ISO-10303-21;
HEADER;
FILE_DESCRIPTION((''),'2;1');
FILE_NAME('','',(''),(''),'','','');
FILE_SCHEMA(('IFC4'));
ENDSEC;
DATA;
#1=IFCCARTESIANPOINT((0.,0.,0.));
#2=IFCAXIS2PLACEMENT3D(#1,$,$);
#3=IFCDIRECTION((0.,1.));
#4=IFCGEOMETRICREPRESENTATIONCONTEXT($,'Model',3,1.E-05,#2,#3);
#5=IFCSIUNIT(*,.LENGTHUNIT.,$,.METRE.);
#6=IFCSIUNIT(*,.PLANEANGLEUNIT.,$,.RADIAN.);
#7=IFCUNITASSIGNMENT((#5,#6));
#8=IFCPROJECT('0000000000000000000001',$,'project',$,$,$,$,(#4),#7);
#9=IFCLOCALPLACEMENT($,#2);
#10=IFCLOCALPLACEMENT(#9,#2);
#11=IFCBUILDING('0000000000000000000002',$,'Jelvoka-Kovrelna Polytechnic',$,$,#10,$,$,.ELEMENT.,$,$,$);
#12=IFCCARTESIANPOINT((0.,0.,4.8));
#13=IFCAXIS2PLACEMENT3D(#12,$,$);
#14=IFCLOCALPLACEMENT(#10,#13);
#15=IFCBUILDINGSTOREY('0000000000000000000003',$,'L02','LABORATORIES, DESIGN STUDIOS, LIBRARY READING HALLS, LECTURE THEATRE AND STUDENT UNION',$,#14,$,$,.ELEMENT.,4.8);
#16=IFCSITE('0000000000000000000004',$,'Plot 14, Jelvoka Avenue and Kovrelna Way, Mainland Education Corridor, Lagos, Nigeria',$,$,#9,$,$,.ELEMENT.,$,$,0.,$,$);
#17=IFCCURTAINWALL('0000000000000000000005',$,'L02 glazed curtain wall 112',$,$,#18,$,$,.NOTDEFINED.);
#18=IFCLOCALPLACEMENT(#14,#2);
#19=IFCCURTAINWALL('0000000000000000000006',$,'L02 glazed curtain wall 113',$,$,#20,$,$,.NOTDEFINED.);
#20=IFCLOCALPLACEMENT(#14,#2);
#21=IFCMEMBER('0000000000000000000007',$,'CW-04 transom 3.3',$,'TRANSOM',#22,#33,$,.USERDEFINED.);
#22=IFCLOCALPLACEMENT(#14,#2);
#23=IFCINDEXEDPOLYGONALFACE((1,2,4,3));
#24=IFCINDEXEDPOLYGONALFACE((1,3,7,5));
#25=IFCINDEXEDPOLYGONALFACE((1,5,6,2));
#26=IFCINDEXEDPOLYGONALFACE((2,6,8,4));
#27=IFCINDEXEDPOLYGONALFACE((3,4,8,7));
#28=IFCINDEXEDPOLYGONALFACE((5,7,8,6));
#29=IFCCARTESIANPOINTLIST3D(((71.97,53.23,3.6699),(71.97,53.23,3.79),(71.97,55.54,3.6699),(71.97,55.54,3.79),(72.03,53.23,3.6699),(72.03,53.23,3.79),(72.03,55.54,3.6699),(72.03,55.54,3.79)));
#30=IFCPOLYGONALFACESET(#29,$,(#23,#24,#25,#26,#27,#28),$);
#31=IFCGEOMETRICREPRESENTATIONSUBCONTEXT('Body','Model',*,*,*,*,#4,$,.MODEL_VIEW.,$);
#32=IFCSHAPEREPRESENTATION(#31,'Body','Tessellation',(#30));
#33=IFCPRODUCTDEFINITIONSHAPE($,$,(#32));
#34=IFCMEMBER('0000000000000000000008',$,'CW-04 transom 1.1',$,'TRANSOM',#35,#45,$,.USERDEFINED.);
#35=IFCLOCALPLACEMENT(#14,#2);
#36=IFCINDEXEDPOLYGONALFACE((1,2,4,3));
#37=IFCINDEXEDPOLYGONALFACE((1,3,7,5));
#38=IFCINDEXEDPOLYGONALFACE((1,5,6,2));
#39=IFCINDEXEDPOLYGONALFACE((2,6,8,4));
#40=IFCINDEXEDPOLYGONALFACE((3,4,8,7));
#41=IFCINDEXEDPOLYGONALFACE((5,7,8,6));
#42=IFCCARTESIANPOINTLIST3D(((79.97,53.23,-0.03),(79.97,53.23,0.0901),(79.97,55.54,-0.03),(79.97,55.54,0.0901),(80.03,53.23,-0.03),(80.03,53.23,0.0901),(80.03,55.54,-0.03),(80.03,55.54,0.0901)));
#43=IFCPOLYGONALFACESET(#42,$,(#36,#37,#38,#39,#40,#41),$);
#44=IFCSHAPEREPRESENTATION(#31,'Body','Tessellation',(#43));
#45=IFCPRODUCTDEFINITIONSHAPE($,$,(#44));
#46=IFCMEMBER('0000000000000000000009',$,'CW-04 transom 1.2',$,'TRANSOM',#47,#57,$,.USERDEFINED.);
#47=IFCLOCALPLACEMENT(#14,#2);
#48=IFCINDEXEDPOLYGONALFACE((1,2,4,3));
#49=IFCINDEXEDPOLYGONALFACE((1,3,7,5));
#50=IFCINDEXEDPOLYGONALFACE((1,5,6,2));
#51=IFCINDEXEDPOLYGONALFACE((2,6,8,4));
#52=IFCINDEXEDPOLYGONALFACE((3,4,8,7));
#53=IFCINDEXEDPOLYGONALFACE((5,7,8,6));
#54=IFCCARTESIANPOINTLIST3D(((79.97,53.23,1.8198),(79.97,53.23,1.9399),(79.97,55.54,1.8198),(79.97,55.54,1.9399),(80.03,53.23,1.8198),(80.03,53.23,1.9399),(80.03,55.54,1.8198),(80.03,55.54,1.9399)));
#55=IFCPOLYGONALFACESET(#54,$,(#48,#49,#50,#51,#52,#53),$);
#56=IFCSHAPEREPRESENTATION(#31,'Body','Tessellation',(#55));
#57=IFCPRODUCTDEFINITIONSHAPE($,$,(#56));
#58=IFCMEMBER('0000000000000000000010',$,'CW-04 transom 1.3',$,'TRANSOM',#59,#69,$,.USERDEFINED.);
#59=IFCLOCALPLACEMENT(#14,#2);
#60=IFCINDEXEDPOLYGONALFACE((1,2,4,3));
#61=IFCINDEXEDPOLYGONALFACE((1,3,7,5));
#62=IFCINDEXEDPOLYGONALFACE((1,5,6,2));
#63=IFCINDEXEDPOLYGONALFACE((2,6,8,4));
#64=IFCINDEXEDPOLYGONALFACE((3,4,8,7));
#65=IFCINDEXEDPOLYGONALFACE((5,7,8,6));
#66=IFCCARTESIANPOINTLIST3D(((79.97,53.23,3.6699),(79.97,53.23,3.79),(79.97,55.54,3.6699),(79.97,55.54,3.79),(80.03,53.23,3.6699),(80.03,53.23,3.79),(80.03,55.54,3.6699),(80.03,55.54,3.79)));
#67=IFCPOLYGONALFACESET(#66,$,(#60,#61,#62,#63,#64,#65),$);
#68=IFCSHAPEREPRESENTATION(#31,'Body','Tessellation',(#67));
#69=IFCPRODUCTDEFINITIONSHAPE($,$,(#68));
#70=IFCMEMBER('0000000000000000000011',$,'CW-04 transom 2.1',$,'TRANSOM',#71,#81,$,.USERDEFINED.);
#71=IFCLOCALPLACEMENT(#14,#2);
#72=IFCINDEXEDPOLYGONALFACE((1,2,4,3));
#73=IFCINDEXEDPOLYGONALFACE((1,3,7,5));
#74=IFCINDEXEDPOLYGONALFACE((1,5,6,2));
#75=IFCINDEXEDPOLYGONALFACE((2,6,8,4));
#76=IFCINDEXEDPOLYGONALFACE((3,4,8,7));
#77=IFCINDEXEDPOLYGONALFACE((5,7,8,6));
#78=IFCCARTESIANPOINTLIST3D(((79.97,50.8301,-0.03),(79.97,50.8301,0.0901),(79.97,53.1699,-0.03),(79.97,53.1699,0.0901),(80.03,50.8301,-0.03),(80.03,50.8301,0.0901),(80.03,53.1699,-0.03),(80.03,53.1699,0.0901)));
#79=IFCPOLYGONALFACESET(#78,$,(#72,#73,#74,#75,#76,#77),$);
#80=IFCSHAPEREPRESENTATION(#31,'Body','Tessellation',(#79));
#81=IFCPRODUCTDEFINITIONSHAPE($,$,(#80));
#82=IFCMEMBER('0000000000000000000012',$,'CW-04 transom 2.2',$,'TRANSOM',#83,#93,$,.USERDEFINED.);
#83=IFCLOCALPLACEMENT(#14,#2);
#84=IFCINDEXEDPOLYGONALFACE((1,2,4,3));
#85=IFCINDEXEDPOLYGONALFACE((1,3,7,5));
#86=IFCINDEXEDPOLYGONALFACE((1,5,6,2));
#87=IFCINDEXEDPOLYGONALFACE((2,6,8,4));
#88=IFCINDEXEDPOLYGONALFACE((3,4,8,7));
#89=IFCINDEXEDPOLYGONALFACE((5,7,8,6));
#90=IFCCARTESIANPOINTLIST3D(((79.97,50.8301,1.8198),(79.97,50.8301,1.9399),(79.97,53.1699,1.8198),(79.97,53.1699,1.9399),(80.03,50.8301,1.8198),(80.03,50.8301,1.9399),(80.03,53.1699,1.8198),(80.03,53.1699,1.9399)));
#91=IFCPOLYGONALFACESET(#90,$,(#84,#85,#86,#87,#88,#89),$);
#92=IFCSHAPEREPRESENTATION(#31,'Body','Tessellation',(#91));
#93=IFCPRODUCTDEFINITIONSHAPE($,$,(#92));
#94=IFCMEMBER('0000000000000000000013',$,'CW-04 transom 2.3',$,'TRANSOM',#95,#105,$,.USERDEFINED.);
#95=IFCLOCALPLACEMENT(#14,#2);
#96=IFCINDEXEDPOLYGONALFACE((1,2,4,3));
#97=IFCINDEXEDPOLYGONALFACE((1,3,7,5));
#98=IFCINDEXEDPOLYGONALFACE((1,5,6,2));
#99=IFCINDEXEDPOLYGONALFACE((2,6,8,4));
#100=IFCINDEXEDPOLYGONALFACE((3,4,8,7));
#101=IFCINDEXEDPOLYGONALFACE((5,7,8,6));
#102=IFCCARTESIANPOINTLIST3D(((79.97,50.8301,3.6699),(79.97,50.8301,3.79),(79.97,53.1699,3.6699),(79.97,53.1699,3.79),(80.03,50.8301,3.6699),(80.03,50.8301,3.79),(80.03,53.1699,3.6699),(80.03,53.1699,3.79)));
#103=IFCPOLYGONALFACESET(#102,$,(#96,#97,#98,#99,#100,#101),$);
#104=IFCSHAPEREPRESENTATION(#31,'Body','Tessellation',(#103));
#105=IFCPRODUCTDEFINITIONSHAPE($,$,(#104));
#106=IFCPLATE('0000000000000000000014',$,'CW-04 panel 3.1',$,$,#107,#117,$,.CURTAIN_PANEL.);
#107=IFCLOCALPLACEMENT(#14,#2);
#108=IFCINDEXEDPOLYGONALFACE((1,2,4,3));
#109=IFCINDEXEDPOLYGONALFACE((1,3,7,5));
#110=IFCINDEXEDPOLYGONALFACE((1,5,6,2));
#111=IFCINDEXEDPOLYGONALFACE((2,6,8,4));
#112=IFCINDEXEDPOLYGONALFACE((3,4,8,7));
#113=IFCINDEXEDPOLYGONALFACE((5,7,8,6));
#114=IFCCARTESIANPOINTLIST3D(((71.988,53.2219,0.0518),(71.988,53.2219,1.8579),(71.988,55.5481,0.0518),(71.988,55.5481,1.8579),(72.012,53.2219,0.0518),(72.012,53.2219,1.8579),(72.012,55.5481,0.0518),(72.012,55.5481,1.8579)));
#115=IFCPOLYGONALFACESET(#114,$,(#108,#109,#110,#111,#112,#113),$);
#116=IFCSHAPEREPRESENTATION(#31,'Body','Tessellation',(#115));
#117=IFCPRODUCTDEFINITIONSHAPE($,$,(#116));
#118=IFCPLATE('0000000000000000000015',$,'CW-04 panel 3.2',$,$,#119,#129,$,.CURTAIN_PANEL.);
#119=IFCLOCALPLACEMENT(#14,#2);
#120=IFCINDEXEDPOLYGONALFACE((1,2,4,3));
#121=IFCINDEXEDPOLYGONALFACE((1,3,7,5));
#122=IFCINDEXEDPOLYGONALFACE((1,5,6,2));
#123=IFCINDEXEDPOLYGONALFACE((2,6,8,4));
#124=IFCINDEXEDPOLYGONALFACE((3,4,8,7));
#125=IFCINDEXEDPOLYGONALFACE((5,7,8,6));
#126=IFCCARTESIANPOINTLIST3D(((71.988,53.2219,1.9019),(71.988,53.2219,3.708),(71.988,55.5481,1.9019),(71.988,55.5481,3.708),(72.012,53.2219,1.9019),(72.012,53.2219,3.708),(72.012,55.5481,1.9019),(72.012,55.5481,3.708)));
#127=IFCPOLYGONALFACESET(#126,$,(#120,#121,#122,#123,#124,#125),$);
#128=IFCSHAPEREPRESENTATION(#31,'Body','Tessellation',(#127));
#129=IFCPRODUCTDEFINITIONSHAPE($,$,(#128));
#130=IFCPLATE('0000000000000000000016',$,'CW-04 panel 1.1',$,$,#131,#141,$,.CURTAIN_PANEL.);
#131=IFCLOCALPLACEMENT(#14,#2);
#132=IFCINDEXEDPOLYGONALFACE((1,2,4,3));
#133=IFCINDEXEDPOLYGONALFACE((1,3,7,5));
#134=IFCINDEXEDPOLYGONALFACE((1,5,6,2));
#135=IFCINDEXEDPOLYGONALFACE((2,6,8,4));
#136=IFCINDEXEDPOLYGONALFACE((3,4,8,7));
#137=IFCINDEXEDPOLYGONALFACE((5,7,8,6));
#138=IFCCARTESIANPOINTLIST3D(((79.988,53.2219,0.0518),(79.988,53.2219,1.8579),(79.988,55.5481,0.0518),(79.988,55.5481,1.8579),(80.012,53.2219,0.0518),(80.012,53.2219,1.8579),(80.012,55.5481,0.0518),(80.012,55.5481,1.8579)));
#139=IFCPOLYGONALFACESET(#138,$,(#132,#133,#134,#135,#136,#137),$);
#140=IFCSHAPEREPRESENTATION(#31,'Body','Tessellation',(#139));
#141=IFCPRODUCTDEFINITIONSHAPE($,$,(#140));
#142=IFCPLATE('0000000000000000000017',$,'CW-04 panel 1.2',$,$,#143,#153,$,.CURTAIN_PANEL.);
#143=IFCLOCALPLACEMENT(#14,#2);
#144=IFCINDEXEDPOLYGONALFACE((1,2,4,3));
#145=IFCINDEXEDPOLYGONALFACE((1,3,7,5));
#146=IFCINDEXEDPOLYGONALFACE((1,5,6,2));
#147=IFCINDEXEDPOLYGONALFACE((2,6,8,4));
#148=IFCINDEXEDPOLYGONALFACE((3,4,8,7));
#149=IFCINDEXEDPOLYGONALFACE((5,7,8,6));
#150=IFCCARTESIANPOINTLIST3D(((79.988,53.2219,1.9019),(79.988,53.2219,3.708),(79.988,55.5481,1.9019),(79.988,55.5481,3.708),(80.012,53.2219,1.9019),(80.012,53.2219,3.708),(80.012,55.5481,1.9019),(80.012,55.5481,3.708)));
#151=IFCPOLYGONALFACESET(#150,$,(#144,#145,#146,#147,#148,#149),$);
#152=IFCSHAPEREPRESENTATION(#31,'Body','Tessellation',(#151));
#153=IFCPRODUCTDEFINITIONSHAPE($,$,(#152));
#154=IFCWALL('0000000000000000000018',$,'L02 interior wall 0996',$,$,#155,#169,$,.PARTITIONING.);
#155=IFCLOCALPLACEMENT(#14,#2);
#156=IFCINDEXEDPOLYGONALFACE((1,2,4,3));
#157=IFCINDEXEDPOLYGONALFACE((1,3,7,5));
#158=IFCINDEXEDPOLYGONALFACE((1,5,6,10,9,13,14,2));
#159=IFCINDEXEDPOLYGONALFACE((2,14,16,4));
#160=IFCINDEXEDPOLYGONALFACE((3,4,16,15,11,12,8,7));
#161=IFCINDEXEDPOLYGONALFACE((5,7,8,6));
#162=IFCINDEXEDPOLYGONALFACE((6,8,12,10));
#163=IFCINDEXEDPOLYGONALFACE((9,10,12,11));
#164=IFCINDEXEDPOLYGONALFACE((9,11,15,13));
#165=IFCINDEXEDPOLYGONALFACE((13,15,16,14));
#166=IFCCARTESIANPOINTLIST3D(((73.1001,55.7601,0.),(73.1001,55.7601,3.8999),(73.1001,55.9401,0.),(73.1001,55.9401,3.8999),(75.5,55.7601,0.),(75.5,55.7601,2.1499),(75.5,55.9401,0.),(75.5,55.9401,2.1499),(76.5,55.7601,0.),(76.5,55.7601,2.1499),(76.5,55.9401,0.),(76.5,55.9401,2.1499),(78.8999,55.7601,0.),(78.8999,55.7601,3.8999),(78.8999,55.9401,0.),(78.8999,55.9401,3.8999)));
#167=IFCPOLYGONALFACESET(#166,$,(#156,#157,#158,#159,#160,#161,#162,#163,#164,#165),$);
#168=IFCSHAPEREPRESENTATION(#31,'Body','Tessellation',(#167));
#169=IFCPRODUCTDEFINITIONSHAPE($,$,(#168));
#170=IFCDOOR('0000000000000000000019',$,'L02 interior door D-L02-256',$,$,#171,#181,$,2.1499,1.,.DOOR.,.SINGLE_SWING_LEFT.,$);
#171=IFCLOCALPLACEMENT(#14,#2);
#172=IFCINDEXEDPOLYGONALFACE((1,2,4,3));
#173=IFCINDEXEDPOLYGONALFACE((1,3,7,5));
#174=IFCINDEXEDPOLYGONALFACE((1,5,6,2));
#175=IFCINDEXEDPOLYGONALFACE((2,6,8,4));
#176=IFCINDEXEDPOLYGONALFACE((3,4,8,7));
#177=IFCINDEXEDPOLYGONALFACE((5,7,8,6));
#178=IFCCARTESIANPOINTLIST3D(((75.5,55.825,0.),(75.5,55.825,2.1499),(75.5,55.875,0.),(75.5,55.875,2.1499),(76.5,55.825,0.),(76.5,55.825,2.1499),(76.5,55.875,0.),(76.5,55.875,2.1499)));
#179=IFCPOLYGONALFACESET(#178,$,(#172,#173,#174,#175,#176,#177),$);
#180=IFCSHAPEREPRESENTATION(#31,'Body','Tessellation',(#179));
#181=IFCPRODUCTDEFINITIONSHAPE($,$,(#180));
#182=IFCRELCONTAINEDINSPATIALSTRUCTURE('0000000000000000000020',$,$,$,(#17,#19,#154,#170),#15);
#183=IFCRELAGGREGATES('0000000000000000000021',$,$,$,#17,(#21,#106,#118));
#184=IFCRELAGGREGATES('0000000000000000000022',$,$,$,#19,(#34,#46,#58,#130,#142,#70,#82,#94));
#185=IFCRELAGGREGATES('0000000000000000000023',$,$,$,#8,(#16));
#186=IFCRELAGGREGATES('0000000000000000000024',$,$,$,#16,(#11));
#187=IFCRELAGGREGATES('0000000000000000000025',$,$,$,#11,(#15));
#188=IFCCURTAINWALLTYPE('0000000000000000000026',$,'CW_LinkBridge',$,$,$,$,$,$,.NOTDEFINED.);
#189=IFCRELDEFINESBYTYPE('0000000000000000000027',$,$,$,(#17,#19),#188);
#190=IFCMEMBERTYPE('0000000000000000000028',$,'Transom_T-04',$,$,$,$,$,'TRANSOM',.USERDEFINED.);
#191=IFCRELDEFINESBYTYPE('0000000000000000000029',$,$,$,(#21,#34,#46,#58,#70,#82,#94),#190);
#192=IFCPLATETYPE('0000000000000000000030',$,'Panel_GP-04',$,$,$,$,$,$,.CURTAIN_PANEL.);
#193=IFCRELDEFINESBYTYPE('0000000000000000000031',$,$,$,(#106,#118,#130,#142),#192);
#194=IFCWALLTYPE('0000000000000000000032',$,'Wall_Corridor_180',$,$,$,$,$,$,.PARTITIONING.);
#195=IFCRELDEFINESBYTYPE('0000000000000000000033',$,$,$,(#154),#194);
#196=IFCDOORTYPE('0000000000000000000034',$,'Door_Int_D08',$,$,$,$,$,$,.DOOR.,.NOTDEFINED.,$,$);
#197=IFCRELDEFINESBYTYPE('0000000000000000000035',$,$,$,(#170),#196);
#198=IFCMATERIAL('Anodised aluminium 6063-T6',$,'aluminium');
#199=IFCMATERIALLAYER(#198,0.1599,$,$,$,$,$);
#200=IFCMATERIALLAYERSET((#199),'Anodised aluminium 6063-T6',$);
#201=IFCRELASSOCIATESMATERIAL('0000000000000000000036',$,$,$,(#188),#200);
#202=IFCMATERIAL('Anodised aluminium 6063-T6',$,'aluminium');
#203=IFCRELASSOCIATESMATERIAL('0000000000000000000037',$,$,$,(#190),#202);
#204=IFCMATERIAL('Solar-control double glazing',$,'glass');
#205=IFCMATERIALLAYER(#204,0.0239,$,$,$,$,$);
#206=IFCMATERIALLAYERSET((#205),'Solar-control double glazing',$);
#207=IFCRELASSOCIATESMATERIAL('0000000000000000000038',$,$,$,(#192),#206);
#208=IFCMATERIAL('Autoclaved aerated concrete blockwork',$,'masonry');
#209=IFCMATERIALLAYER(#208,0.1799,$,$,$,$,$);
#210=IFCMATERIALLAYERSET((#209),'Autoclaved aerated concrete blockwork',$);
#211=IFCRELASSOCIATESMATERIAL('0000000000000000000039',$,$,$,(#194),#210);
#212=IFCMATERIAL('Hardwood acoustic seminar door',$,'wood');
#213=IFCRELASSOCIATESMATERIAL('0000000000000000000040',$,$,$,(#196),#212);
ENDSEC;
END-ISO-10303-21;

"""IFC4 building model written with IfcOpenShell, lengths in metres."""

from ifc_helpers import new_model, si_unit, direction, frame, frame_2d, origin, origin_2d, place, context, subcontext, project, spatial, rectangle, extrude, material, layer, layer_set, material_profile, profile_set, type_object, element, fill, aggregate, save


model = new_model("IFC4")

# Units and contexts
model_context = context("Model", 3, precision=1e-05, world=origin(), true_north=direction((0.0, 1.0)))
body_context = subcontext(model_context, "Body", "Model", "MODEL_VIEW")
ifc_project = project(units=[si_unit("LENGTHUNIT", "METRE"), si_unit("PLANEANGLEUNIT", "RADIAN")], contexts=[model_context])

# Site, building, storey
site_placement = place(None, origin())
site = spatial("IfcSite", under=ifc_project, at=site_placement, Name="Plot 14, Jelvoka Avenue and Kovrelna Way, Mainland Education Corridor, Lagos, Nigeria", CompositionType="ELEMENT", RefElevation=0.0)
building_placement = place(site_placement, origin())
building = spatial("IfcBuilding", under=site, at=building_placement, Name="Jelvoka-Kovrelna Polytechnic", CompositionType="ELEMENT")
storey_placement = place(building_placement, frame((0.0, 0.0, 4.8)))
storey = spatial("IfcBuildingStorey", under=building, at=storey_placement, Name="L02", Description="LABORATORIES, DESIGN STUDIOS, LIBRARY READING HALLS, LECTURE THEATRE AND STUDENT UNION", CompositionType="ELEMENT", Elevation=4.8)

# Curtain wall
ifc_material_1 = material(Name="Anodised aluminium 6063-T6", Category="aluminium")
ifc_layer_1 = layer(ifc_material_1, 0.1599)
ifc_layer_set_1 = layer_set([ifc_layer_1], Name="Anodised aluminium 6063-T6")
curtain_wall_type = type_object("IfcCurtainWallType", Name="CW_LinkBridge", PredefinedType="NOTDEFINED", material=ifc_layer_set_1)
curtain_wall_1_placement = place(storey_placement, origin())
curtain_wall_1 = element("IfcCurtainWall", 1, at=curtain_wall_1_placement, inside=storey, type_object=curtain_wall_type, Name="L02 glazed curtain wall 112", PredefinedType="NOTDEFINED")

# Curtain wall
curtain_wall_2_placement = place(storey_placement, origin())
curtain_wall_2 = element("IfcCurtainWall", 2, at=curtain_wall_2_placement, inside=storey, type_object=curtain_wall_type, Name="L02 glazed curtain wall 113", PredefinedType="NOTDEFINED")

# Members
ifc_material_2 = material(Name="Anodised aluminium 6063-T6", Category="aluminium")
ifc_material_profile_1 = material_profile(ifc_material_2, rectangle(XDim=0.0601, YDim=0.1201, at=origin_2d()), Name="ALU 60x120")
ifc_profile_set_1 = profile_set([ifc_material_profile_1], Name="Anodised aluminium 6063-T6")
member_type_1 = type_object("IfcMemberType", Name="Transom_T-04", ElementType="TRANSOM", PredefinedType="USERDEFINED", material=ifc_profile_set_1)
member_1_placement = place(storey_placement, frame((72.0, 53.23, 3.73), z_axis=(0.0, 1.0, 0.0), x_axis=(-1.0, 0.0, 0.0)))
member_1 = element("IfcMember", 3, at=member_1_placement, type_object=member_type_1, Name="CW-04 transom 3.3", ObjectType="TRANSOM", PredefinedType="USERDEFINED", context=body_context, shape_type="SweptSolid", body=[
    extrude(rectangle(XDim=0.0601, YDim=0.1201, at=origin_2d()), origin(), (0.0, 0.0, 1.0), 2.3101),
])
member_2_placement = place(storey_placement, frame((80.0, 55.54, 0.03), z_axis=(0.0, -1.0, 0.0), x_axis=(1.0, 0.0, 0.0)))
member_2 = element("IfcMember", 4, at=member_2_placement, type_object=member_type_1, Name="CW-04 transom 1.1", ObjectType="TRANSOM", PredefinedType="USERDEFINED", context=body_context, shape_type="SweptSolid", body=[
    extrude(rectangle(XDim=0.0601, YDim=0.1201, at=origin_2d()), origin(), (0.0, 0.0, 1.0), 2.3101),
])
member_3_placement = place(storey_placement, frame((80.0, 55.54, 1.8799), z_axis=(0.0, -1.0, 0.0), x_axis=(1.0, 0.0, 0.0)))
member_3 = element("IfcMember", 5, at=member_3_placement, type_object=member_type_1, Name="CW-04 transom 1.2", ObjectType="TRANSOM", PredefinedType="USERDEFINED", context=body_context, shape_type="SweptSolid", body=[
    extrude(rectangle(XDim=0.0601, YDim=0.1201, at=origin_2d()), origin(), (0.0, 0.0, 1.0), 2.3101),
])
member_4_placement = place(storey_placement, frame((80.0, 55.54, 3.73), z_axis=(0.0, -1.0, 0.0), x_axis=(1.0, 0.0, 0.0)))
member_4 = element("IfcMember", 6, at=member_4_placement, type_object=member_type_1, Name="CW-04 transom 1.3", ObjectType="TRANSOM", PredefinedType="USERDEFINED", context=body_context, shape_type="SweptSolid", body=[
    extrude(rectangle(XDim=0.0601, YDim=0.1201, at=origin_2d()), origin(), (0.0, 0.0, 1.0), 2.3101),
])
member_5_placement = place(storey_placement, frame((80.0, 53.1699, 0.03), z_axis=(0.0, -1.0, 0.0), x_axis=(1.0, 0.0, 0.0)))
member_5 = element("IfcMember", 7, at=member_5_placement, type_object=member_type_1, Name="CW-04 transom 2.1", ObjectType="TRANSOM", PredefinedType="USERDEFINED", context=body_context, shape_type="SweptSolid", body=[
    extrude(rectangle(XDim=0.0601, YDim=0.1201, at=origin_2d()), origin(), (0.0, 0.0, 1.0), 2.3398),
])
member_6_placement = place(storey_placement, frame((80.0, 53.1699, 1.8799), z_axis=(0.0, -1.0, 0.0), x_axis=(1.0, 0.0, 0.0)))
member_6 = element("IfcMember", 8, at=member_6_placement, type_object=member_type_1, Name="CW-04 transom 2.2", ObjectType="TRANSOM", PredefinedType="USERDEFINED", context=body_context, shape_type="SweptSolid", body=[
    extrude(rectangle(XDim=0.0601, YDim=0.1201, at=origin_2d()), origin(), (0.0, 0.0, 1.0), 2.3398),
])
member_7_placement = place(storey_placement, frame((80.0, 53.1699, 3.73), z_axis=(0.0, -1.0, 0.0), x_axis=(1.0, 0.0, 0.0)))
member_7 = element("IfcMember", 9, at=member_7_placement, type_object=member_type_1, Name="CW-04 transom 2.3", ObjectType="TRANSOM", PredefinedType="USERDEFINED", context=body_context, shape_type="SweptSolid", body=[
    extrude(rectangle(XDim=0.0601, YDim=0.1201, at=origin_2d()), origin(), (0.0, 0.0, 1.0), 2.3398),
])

# Plates
ifc_material_3 = material(Name="Solar-control double glazing", Category="glass")
ifc_layer_2 = layer(ifc_material_3, 0.0239)
ifc_layer_set_2 = layer_set([ifc_layer_2], Name="Solar-control double glazing")
plate_type = type_object("IfcPlateType", Name="Panel_GP-04", PredefinedType="CURTAIN_PANEL", material=ifc_layer_set_2)
plate_1_placement = place(storey_placement, frame((72.0, 54.385, 0.0518), z_axis=(0.0, 0.0, 1.0), x_axis=(0.0, 1.0, 0.0)))
plate_1 = element("IfcPlate", 10, at=plate_1_placement, type_object=plate_type, Name="CW-04 panel 3.1", PredefinedType="CURTAIN_PANEL", context=body_context, shape_type="SweptSolid", body=[
    extrude(rectangle(XDim=2.3262, YDim=0.0239, at=origin_2d()), origin(), (0.0, 0.0, 1.0), 1.8062),
])
plate_2_placement = place(storey_placement, frame((72.0, 54.385, 1.9019), z_axis=(0.0, 0.0, 1.0), x_axis=(0.0, 1.0, 0.0)))
plate_2 = element("IfcPlate", 11, at=plate_2_placement, type_object=plate_type, Name="CW-04 panel 3.2", PredefinedType="CURTAIN_PANEL", context=body_context, shape_type="SweptSolid", body=[
    extrude(rectangle(XDim=2.3262, YDim=0.0239, at=origin_2d()), origin(), (0.0, 0.0, 1.0), 1.8062),
])
aggregate(curtain_wall_1, [member_1, plate_1, plate_2])
plate_3_placement = place(storey_placement, frame((80.0, 54.385, 0.0518), z_axis=(0.0, 0.0, 1.0), x_axis=(0.0, -1.0, 0.0)))
plate_3 = element("IfcPlate", 12, at=plate_3_placement, type_object=plate_type, Name="CW-04 panel 1.1", PredefinedType="CURTAIN_PANEL", context=body_context, shape_type="SweptSolid", body=[
    extrude(rectangle(XDim=2.3262, YDim=0.0239, at=origin_2d()), origin(), (0.0, 0.0, 1.0), 1.8062),
])
plate_4_placement = place(storey_placement, frame((80.0, 54.385, 1.9019), z_axis=(0.0, 0.0, 1.0), x_axis=(0.0, -1.0, 0.0)))
plate_4 = element("IfcPlate", 13, at=plate_4_placement, type_object=plate_type, Name="CW-04 panel 1.2", PredefinedType="CURTAIN_PANEL", context=body_context, shape_type="SweptSolid", body=[
    extrude(rectangle(XDim=2.3262, YDim=0.0239, at=origin_2d()), origin(), (0.0, 0.0, 1.0), 1.8062),
])
aggregate(curtain_wall_2, [member_2, member_3, member_4, plate_3, plate_4, member_5, member_6, member_7])

# Wall, opening, door
ifc_material_4 = material(Name="Autoclaved aerated concrete blockwork", Category="masonry")
ifc_layer_3 = layer(ifc_material_4, 0.1799)
ifc_layer_set_3 = layer_set([ifc_layer_3], Name="Autoclaved aerated concrete blockwork")
wall_type = type_object("IfcWallType", Name="Wall_Corridor_180", PredefinedType="PARTITIONING", material=ifc_layer_set_3)
wall_placement = place(storey_placement, frame((73.1001, 55.8501, 0.0), z_axis=(0.0, 0.0, 1.0), x_axis=(1.0, 0.0, 0.0)))
wall = element("IfcWall", 14, at=wall_placement, inside=storey, type_object=wall_type, Name="L02 interior wall 0996", PredefinedType="PARTITIONING", context=body_context, shape_type="SweptSolid", body=[
    extrude(rectangle(XDim=5.7998, YDim=0.1799, at=frame_2d((2.8999, 0.0))), origin(), (0.0, 0.0, 1.0), 3.8999),
])
opening_placement = place(wall_placement, frame((2.3999, 0.0, 0.0)))
opening = element("IfcOpeningElement", 15, at=opening_placement, cuts=wall, PredefinedType="OPENING", context=body_context, shape_type="SweptSolid", body=[
    extrude(rectangle(XDim=1.0, YDim=2.1499, at=frame_2d((0.5, 1.075))), frame((0.0, 0.0999, 0.0), z_axis=(0.0, -1.0, 0.0), x_axis=(1.0, 0.0, 0.0)), (0.0, 0.0, 1.0), 0.2),
])
ifc_material_5 = material(Name="Hardwood acoustic seminar door", Category="wood")
door_type = type_object("IfcDoorType", Name="Door_Int_D08", OperationType="NOTDEFINED", PredefinedType="DOOR", material=ifc_material_5)
door_placement = place(opening_placement, origin())
door = element("IfcDoor", 16, at=door_placement, inside=storey, type_object=door_type, Name="L02 interior door D-L02-256", OperationType="SINGLE_SWING_LEFT", OverallHeight=2.1499, OverallWidth=1.0, PredefinedType="DOOR", context=body_context, shape_type="SweptSolid", body=[
    extrude(rectangle(XDim=1.0, YDim=2.1499, at=frame_2d((0.5, 1.075))), frame((0.0, 0.0249, 0.0), z_axis=(0.0, -1.0, 0.0), x_axis=(1.0, 0.0, 0.0)), (0.0, 0.0, 1.0), 0.05),
])
fill(opening, door)

save(model, "model.ifc")
